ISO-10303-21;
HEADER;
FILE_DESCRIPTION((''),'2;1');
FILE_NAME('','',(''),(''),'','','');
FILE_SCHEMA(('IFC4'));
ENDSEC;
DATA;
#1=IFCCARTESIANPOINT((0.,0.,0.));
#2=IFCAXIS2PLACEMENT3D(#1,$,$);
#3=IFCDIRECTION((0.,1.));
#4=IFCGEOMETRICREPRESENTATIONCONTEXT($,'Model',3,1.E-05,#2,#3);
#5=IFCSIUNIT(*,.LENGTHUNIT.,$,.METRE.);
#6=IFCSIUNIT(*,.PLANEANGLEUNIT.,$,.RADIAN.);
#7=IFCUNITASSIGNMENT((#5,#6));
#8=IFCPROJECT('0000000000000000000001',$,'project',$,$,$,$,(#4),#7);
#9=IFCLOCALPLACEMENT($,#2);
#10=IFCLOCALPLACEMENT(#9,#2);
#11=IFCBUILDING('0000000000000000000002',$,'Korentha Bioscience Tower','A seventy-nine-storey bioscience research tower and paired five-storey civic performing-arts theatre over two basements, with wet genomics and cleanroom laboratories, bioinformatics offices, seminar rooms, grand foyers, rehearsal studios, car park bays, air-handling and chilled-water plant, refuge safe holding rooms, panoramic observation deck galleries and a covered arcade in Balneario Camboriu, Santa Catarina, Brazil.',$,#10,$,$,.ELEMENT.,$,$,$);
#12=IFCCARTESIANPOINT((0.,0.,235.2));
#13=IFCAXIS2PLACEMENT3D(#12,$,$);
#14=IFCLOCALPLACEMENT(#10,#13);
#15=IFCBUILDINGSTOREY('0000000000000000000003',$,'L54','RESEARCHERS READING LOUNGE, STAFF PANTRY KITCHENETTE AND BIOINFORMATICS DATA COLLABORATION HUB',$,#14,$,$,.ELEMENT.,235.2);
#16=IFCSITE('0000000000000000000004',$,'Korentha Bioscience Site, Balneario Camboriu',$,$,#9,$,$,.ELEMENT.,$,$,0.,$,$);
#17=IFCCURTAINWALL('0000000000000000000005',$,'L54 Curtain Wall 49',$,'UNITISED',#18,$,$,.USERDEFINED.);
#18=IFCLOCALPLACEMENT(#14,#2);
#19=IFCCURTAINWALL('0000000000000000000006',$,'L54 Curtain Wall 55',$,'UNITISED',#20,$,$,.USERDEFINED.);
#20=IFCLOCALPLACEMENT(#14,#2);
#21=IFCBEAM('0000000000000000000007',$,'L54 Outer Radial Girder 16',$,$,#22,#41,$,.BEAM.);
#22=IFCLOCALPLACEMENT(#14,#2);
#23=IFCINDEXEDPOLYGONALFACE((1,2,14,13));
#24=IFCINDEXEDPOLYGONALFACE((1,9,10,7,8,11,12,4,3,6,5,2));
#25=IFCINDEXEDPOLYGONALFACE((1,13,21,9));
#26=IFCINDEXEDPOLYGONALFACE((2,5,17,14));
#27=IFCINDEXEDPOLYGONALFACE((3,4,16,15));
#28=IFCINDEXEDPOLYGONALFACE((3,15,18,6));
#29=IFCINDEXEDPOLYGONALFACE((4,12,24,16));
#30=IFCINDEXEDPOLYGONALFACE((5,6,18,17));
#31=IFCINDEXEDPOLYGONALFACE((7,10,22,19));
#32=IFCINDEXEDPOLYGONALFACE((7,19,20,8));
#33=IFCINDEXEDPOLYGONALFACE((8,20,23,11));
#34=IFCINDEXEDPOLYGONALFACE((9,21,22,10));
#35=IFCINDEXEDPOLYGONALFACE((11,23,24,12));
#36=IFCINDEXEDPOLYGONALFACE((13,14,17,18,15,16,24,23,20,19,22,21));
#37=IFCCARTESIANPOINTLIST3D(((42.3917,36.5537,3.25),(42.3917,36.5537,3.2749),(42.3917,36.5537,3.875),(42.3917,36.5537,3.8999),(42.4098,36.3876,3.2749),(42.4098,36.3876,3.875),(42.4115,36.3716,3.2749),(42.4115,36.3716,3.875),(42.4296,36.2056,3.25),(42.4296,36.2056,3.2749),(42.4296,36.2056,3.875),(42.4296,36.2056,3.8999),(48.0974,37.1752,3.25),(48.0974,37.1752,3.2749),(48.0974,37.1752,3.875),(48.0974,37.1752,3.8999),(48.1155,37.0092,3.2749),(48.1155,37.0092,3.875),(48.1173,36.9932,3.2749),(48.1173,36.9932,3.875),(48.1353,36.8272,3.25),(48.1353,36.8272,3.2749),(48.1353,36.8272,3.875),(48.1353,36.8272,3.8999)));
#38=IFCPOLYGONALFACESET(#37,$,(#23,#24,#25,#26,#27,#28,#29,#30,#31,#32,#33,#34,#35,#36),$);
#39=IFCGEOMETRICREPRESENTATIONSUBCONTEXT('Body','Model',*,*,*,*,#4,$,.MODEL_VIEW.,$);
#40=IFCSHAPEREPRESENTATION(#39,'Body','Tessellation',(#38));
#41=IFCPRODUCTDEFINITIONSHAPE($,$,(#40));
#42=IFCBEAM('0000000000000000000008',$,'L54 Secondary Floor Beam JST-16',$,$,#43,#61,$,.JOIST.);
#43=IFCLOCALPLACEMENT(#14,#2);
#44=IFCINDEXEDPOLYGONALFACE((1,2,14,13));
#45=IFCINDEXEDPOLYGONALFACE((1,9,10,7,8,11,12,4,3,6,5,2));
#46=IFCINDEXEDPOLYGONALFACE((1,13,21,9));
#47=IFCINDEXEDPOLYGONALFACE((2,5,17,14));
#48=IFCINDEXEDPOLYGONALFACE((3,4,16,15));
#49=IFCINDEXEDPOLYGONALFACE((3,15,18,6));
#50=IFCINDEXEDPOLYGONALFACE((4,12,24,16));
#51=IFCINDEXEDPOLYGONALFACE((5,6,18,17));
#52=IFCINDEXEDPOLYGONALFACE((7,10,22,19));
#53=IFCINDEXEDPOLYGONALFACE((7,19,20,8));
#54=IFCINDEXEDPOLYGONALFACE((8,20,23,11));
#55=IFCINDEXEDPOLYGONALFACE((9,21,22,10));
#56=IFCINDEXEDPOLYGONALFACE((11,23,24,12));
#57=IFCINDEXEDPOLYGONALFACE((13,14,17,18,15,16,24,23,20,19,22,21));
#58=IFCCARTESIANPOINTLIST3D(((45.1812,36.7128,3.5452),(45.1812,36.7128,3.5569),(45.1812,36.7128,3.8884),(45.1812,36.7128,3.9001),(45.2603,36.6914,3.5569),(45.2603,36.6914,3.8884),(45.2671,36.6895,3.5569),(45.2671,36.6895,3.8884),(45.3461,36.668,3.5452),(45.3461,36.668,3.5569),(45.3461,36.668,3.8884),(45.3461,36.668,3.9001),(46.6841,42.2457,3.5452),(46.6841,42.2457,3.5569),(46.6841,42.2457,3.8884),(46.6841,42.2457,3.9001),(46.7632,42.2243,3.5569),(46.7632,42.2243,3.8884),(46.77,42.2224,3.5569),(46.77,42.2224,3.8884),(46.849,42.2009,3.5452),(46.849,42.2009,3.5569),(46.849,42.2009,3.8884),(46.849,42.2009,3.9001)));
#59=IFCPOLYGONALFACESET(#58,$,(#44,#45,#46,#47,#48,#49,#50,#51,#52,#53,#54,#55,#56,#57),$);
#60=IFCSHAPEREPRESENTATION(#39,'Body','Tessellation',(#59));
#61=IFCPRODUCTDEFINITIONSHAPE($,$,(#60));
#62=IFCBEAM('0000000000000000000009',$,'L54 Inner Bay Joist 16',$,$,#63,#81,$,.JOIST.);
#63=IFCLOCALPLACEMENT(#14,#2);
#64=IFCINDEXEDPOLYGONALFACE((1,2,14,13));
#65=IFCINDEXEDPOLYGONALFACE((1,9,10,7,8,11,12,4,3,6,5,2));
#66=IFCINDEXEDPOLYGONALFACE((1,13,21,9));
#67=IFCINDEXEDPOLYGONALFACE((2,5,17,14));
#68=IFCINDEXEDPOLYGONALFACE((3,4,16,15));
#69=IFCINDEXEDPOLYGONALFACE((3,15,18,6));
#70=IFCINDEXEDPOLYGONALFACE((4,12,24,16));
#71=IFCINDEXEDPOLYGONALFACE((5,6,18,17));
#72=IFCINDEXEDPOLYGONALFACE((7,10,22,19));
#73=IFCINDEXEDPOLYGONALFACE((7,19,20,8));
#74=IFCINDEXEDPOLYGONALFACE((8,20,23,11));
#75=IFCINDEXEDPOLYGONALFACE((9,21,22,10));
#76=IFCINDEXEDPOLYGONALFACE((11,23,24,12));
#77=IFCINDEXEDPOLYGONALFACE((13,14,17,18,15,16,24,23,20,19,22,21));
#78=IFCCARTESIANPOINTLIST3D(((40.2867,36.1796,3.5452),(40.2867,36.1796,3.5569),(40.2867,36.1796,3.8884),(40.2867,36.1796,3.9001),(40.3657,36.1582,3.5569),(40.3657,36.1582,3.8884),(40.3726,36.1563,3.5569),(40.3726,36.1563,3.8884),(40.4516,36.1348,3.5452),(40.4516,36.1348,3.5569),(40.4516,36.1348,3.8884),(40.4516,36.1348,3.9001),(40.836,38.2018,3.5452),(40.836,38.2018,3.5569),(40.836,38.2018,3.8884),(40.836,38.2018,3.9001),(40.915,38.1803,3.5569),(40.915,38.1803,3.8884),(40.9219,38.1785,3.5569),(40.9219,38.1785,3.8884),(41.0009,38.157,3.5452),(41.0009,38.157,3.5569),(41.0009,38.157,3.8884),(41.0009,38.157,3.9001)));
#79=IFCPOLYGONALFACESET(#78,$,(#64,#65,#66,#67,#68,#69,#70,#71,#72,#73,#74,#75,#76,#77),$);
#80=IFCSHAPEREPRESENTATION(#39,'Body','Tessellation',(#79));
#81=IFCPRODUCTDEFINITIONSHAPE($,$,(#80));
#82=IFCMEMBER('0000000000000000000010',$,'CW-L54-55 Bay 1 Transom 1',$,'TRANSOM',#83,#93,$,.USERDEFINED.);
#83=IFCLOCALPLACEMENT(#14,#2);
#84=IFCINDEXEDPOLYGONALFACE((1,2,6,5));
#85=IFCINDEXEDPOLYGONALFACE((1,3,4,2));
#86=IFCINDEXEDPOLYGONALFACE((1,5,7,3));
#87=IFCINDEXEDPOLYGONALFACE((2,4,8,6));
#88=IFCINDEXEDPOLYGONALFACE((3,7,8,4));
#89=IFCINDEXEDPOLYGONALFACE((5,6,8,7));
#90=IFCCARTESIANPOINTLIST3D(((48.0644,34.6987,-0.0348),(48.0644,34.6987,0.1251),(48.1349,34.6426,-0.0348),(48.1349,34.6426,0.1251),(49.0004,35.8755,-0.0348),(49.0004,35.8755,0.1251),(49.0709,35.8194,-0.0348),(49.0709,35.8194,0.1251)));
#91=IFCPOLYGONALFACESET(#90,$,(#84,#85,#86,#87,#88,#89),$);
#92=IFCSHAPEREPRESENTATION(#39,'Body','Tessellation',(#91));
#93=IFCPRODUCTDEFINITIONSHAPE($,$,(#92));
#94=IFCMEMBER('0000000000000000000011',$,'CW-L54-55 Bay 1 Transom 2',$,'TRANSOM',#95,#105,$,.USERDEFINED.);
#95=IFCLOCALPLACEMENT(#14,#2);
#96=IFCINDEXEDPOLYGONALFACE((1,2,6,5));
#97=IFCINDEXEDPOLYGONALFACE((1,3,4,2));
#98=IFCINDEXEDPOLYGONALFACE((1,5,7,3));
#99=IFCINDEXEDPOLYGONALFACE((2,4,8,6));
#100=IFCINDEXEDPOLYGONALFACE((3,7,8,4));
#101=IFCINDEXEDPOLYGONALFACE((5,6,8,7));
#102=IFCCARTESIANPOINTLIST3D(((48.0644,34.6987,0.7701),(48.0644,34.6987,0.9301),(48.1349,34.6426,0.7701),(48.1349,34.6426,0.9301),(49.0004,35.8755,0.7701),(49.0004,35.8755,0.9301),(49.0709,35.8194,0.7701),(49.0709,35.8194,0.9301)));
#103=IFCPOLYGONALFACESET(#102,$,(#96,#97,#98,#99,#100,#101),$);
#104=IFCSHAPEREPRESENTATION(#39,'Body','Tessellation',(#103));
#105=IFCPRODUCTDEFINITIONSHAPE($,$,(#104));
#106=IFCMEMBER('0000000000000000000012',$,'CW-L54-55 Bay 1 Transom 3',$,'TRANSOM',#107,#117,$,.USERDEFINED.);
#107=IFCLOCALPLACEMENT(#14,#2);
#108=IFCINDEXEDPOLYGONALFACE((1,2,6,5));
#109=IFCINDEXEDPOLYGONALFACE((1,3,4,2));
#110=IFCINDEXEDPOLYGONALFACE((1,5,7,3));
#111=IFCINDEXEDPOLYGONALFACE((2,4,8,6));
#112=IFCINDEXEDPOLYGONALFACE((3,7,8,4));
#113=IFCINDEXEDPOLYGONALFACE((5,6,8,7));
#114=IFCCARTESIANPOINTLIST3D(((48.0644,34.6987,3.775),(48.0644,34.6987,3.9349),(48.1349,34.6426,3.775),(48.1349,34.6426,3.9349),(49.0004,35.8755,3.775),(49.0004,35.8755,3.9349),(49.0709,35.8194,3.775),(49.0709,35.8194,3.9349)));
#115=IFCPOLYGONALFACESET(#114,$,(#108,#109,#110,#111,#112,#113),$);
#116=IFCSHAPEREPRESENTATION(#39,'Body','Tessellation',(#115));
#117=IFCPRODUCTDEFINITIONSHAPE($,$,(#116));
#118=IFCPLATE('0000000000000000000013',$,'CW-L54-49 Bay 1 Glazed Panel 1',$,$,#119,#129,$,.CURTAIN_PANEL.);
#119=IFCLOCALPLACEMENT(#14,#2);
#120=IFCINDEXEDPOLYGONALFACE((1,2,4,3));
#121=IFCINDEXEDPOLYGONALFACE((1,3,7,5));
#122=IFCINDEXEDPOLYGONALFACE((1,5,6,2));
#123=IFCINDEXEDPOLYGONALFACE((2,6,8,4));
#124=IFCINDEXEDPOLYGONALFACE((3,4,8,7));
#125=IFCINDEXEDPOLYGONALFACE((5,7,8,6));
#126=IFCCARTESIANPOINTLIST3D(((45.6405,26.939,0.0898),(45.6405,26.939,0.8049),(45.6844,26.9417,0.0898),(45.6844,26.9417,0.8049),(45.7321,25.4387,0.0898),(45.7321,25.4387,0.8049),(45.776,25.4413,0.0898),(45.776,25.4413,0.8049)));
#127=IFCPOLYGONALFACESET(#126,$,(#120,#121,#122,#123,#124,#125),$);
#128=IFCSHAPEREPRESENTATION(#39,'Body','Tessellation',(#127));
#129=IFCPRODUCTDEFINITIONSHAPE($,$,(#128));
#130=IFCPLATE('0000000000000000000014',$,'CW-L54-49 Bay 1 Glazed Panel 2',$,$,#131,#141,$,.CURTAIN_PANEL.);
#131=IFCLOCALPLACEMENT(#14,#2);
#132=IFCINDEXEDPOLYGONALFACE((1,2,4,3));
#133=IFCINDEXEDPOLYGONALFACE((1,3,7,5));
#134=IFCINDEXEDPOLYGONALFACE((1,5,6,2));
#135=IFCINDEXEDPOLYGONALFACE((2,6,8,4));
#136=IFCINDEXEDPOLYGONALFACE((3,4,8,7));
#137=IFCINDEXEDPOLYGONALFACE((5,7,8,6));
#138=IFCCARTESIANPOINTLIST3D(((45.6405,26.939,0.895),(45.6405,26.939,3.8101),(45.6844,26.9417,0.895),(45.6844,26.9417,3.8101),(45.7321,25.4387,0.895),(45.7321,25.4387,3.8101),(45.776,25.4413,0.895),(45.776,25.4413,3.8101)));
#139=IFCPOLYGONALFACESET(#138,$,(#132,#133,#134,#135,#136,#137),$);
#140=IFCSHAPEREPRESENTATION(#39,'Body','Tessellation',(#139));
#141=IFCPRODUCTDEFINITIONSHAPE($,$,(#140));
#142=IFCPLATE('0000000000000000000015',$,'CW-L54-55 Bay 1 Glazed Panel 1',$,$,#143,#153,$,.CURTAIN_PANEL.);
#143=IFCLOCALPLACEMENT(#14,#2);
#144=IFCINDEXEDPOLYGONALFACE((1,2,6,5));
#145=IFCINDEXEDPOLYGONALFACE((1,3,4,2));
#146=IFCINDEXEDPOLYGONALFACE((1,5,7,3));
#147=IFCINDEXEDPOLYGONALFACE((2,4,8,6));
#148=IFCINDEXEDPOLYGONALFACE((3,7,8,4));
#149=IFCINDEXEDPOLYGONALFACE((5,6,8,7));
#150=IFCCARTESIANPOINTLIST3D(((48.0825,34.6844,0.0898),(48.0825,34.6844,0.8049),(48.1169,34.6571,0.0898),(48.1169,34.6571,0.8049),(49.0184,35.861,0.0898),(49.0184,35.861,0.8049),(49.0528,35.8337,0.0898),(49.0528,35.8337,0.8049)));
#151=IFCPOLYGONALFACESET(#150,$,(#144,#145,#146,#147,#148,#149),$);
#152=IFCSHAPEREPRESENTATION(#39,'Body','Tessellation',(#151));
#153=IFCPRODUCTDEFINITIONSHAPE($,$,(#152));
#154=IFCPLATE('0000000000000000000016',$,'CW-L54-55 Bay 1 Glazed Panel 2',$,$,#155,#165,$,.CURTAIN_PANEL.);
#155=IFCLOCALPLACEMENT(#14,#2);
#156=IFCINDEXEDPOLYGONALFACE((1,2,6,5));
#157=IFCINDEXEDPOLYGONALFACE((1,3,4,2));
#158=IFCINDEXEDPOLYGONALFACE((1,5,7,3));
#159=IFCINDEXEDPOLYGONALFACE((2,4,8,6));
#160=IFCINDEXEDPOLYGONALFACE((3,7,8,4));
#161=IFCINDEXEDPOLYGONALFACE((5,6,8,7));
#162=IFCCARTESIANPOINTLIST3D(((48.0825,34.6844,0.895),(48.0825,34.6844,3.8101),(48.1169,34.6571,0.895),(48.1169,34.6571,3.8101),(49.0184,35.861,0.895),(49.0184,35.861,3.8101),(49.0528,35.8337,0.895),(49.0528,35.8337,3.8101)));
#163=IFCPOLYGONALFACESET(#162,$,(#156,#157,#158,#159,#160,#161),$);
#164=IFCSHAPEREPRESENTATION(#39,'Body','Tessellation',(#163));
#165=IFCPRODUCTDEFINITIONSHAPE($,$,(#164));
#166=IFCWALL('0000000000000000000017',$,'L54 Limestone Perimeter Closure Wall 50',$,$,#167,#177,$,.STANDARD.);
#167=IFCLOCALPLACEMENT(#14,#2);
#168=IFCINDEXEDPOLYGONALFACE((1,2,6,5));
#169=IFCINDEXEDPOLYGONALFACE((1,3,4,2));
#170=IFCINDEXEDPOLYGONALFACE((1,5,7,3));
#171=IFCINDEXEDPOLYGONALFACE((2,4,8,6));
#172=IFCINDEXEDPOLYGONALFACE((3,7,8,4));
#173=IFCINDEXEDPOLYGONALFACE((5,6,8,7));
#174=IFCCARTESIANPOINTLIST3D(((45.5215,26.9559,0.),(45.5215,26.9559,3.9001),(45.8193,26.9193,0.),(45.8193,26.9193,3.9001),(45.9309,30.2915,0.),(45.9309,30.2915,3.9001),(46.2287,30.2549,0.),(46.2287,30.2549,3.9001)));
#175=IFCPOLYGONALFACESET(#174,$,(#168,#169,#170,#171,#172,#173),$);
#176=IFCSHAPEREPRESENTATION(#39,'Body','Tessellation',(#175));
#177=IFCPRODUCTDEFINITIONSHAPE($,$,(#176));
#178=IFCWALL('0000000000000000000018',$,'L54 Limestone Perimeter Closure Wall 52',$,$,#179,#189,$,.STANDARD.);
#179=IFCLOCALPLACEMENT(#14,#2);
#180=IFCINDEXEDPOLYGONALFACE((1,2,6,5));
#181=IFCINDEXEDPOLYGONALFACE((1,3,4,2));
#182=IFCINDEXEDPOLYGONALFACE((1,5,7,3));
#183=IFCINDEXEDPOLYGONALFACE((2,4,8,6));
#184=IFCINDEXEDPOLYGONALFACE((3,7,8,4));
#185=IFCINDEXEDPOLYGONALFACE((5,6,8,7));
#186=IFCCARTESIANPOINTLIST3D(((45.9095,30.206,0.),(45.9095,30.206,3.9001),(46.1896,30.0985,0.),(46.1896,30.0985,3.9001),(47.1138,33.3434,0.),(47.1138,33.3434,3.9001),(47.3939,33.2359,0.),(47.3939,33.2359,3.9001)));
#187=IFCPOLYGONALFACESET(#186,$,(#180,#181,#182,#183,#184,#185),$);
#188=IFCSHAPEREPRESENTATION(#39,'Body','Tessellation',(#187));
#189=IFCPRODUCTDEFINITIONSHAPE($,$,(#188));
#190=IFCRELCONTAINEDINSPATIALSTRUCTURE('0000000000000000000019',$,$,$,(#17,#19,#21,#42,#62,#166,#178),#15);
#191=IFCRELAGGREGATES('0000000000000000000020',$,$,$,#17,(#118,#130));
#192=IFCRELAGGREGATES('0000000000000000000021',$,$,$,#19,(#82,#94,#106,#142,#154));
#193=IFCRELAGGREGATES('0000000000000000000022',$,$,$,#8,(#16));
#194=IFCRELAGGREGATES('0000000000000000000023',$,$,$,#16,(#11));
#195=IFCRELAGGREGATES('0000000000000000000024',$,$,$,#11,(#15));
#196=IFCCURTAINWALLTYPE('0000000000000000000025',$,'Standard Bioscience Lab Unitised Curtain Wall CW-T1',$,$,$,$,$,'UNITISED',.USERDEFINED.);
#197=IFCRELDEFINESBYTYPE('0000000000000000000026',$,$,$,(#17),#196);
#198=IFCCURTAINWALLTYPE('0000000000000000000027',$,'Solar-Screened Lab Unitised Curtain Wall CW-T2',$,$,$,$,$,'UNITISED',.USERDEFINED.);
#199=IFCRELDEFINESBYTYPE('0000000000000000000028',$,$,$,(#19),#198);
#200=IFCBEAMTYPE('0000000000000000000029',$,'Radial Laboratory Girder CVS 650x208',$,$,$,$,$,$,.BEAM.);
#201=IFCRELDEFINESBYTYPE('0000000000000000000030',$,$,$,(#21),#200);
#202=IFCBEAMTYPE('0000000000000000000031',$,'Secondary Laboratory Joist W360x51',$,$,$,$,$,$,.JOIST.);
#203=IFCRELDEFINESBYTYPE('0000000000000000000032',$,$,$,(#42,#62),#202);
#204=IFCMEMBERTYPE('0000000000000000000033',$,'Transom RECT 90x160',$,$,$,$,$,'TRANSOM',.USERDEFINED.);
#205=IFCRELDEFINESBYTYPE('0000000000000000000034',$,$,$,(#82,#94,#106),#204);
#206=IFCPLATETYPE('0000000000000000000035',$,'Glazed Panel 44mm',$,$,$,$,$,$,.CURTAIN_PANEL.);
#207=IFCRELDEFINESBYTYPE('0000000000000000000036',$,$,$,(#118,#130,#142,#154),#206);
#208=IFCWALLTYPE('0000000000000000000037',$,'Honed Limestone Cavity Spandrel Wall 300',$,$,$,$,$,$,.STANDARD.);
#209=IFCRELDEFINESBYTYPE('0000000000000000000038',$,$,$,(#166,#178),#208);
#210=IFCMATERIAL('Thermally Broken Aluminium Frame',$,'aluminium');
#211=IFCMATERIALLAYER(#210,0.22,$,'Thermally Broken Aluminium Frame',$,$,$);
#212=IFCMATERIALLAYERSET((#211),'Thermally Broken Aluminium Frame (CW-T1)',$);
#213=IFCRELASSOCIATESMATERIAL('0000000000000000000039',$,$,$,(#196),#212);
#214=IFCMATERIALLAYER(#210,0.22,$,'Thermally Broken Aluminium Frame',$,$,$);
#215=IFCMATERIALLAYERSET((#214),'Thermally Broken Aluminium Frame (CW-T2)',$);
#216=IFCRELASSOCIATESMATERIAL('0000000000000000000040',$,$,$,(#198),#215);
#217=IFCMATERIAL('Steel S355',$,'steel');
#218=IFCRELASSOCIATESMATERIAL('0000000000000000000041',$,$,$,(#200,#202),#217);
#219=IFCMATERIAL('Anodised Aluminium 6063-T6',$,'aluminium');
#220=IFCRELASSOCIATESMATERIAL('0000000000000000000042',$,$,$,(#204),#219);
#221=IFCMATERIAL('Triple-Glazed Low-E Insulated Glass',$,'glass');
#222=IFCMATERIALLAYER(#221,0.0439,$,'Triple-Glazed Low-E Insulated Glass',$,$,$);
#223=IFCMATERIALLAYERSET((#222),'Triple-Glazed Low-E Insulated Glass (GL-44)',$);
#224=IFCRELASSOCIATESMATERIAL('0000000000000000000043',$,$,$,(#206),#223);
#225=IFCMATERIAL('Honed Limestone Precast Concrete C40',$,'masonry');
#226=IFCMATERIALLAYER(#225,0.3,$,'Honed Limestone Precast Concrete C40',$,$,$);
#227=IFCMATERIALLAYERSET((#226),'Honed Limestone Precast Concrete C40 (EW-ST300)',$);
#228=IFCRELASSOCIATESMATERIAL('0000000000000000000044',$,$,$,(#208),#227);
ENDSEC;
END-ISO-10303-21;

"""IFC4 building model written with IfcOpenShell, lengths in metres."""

from ifc_helpers import new_model, si_unit, direction, frame, frame_2d, origin, origin_2d, place, context, subcontext, project, spatial, rectangle, i_section, extrude, material, layer, layer_set, material_profile, profile_set, type_object, element, aggregate, save


model = new_model("IFC4")

# Units and contexts
model_context = context("Model", 3, precision=1e-05, world=origin(), true_north=direction((0.0, 1.0)))
body_context = subcontext(model_context, "Body", "Model", "MODEL_VIEW")
ifc_project = project(units=[si_unit("LENGTHUNIT", "METRE"), si_unit("PLANEANGLEUNIT", "RADIAN")], contexts=[model_context])

# Site, building, storey
site_placement = place(None, origin())
site = spatial("IfcSite", under=ifc_project, at=site_placement, Name="Korentha Bioscience Site, Balneario Camboriu", CompositionType="ELEMENT", RefElevation=0.0)
building_placement = place(site_placement, origin())
building = spatial("IfcBuilding", under=site, at=building_placement, Name="Korentha Bioscience Tower", Description="A seventy-nine-storey bioscience research tower and paired five-storey civic performing-arts theatre over two basements, with wet genomics and cleanroom laboratories, bioinformatics offices, seminar rooms, grand foyers, rehearsal studios, car park bays, air-handling and chilled-water plant, refuge safe holding rooms, panoramic observation deck galleries and a covered arcade in Balneario Camboriu, Santa Catarina, Brazil.", CompositionType="ELEMENT")
storey_placement = place(building_placement, frame((0.0, 0.0, 235.2)))
storey = spatial("IfcBuildingStorey", under=building, at=storey_placement, Name="L54", Description="RESEARCHERS READING LOUNGE, STAFF PANTRY KITCHENETTE AND BIOINFORMATICS DATA COLLABORATION HUB", CompositionType="ELEMENT", Elevation=235.2)

# Shared definitions
ifc_material_1 = material(Name="Steel S355", Category="steel")

# Curtain wall
ifc_material_2 = material(Name="Thermally Broken Aluminium Frame", Category="aluminium")
ifc_layer_1 = layer(ifc_material_2, 0.22, Name="Thermally Broken Aluminium Frame")
ifc_layer_set_1 = layer_set([ifc_layer_1], Name="Thermally Broken Aluminium Frame (CW-T1)")
curtain_wall_type_1 = type_object("IfcCurtainWallType", Name="Standard Bioscience Lab Unitised Curtain Wall CW-T1", ElementType="UNITISED", PredefinedType="USERDEFINED", material=ifc_layer_set_1)
curtain_wall_1_placement = place(storey_placement, origin())
curtain_wall_1 = element("IfcCurtainWall", 1, at=curtain_wall_1_placement, inside=storey, type_object=curtain_wall_type_1, Name="L54 Curtain Wall 49", ObjectType="UNITISED", PredefinedType="USERDEFINED")
ifc_material_3 = material(Name="Anodised Aluminium 6063-T6", Category="aluminium")

# Curtain wall
ifc_layer_2 = layer(ifc_material_2, 0.22, Name="Thermally Broken Aluminium Frame")
ifc_layer_set_2 = layer_set([ifc_layer_2], Name="Thermally Broken Aluminium Frame (CW-T2)")
curtain_wall_type_2 = type_object("IfcCurtainWallType", Name="Solar-Screened Lab Unitised Curtain Wall CW-T2", ElementType="UNITISED", PredefinedType="USERDEFINED", material=ifc_layer_set_2)
curtain_wall_2_placement = place(storey_placement, origin())
curtain_wall_2 = element("IfcCurtainWall", 2, at=curtain_wall_2_placement, inside=storey, type_object=curtain_wall_type_2, Name="L54 Curtain Wall 55", ObjectType="UNITISED", PredefinedType="USERDEFINED")

# Beams
ifc_material_profile_1 = material_profile(ifc_material_1, i_section(OverallWidth=0.3501, OverallDepth=0.6499, WebThickness=0.0161, FlangeThickness=0.0249, at=origin_2d()), Name="Steel S355")
ifc_profile_set_1 = profile_set([ifc_material_profile_1], Name="Steel S355 (RB-650)")
beam_type_1 = type_object("IfcBeamType", Name="Radial Laboratory Girder CVS 650x208", PredefinedType="BEAM", material=ifc_profile_set_1)
beam_1_placement = place(storey_placement, frame((42.4106, 36.3796, 3.575), z_axis=(0.994119, 0.108298, 0.0), x_axis=(-0.108298, 0.994119, 0.0)))
element("IfcBeam", 3, at=beam_1_placement, inside=storey, type_object=beam_type_1, Name="L54 Outer Radial Girder 16", PredefinedType="BEAM", context=body_context, shape_type="SweptSolid", body=[
    extrude(i_section(OverallWidth=0.3501, OverallDepth=0.6499, WebThickness=0.0161, FlangeThickness=0.0249, at=origin_2d()), origin(), (0.0, 0.0, 1.0), 5.7395),
])
ifc_material_profile_2 = material_profile(ifc_material_1, i_section(OverallWidth=0.1709, OverallDepth=0.355, WebThickness=0.0071, FlangeThickness=0.0117, at=origin_2d()), Name="Steel S355")
ifc_profile_set_2 = profile_set([ifc_material_profile_2], Name="Steel S355 (JB-360)")
beam_type_2 = type_object("IfcBeamType", Name="Secondary Laboratory Joist W360x51", PredefinedType="JOIST", material=ifc_profile_set_2)
beam_2_placement = place(storey_placement, frame((45.2637, 36.6904, 3.7227), z_axis=(0.262134, 0.965032, 0.0), x_axis=(-0.965032, 0.262134, 0.0)))
element("IfcBeam", 4, at=beam_2_placement, inside=storey, type_object=beam_type_2, Name="L54 Secondary Floor Beam JST-16", PredefinedType="JOIST", context=body_context, shape_type="SweptSolid", body=[
    extrude(i_section(OverallWidth=0.1709, OverallDepth=0.355, WebThickness=0.0071, FlangeThickness=0.0117, at=origin_2d()), origin(), (0.0, 0.0, 1.0), 5.7334),
])
beam_3_placement = place(storey_placement, frame((40.3691, 36.1572, 3.7227), z_axis=(0.262141, 0.96503, 0.0), x_axis=(-0.96503, 0.262141, 0.0)))
element("IfcBeam", 5, at=beam_3_placement, inside=storey, type_object=beam_type_2, Name="L54 Inner Bay Joist 16", PredefinedType="JOIST", context=body_context, shape_type="SweptSolid", body=[
    extrude(i_section(OverallWidth=0.1709, OverallDepth=0.355, WebThickness=0.0071, FlangeThickness=0.0117, at=origin_2d()), origin(), (0.0, 0.0, 1.0), 2.0955),
])

# Members
ifc_material_profile_3 = material_profile(ifc_material_3, rectangle(XDim=0.0901, YDim=0.1599, at=origin_2d()), Name="Anodised Aluminium 6063-T6")
ifc_profile_set_3 = profile_set([ifc_material_profile_3], Name="Anodised Aluminium 6063-T6 (CW-TRN)")
member_type_1 = type_object("IfcMemberType", Name="Transom RECT 90x160", ElementType="TRANSOM", PredefinedType="USERDEFINED", material=ifc_profile_set_3)
member_1_placement = place(storey_placement, frame((48.0996, 34.6707, 0.0452), z_axis=(0.622515, 0.782608, 0.0), x_axis=(-0.782608, 0.622515, 0.0)))
member_1 = element("IfcMember", 6, at=member_1_placement, type_object=member_type_1, Name="CW-L54-55 Bay 1 Transom 1", ObjectType="TRANSOM", PredefinedType="USERDEFINED", context=body_context, shape_type="SweptSolid", body=[
    extrude(rectangle(XDim=0.0901, YDim=0.1599, at=origin_2d()), origin(), (0.0, 0.0, 1.0), 1.5037),
])
member_2_placement = place(storey_placement, frame((48.0996, 34.6707, 0.8501), z_axis=(0.622515, 0.782608, 0.0), x_axis=(-0.782608, 0.622515, 0.0)))
member_2 = element("IfcMember", 7, at=member_2_placement, type_object=member_type_1, Name="CW-L54-55 Bay 1 Transom 2", ObjectType="TRANSOM", PredefinedType="USERDEFINED", context=body_context, shape_type="SweptSolid", body=[
    extrude(rectangle(XDim=0.0901, YDim=0.1599, at=origin_2d()), origin(), (0.0, 0.0, 1.0), 1.5037),
])
member_3_placement = place(storey_placement, frame((48.0996, 34.6707, 3.855), z_axis=(0.622515, 0.782608, 0.0), x_axis=(-0.782608, 0.622515, 0.0)))
member_3 = element("IfcMember", 8, at=member_3_placement, type_object=member_type_1, Name="CW-L54-55 Bay 1 Transom 3", ObjectType="TRANSOM", PredefinedType="USERDEFINED", context=body_context, shape_type="SweptSolid", body=[
    extrude(rectangle(XDim=0.0901, YDim=0.1599, at=origin_2d()), origin(), (0.0, 0.0, 1.0), 1.5037),
])

# Plates
ifc_material_4 = material(Name="Triple-Glazed Low-E Insulated Glass", Category="glass")
ifc_layer_3 = layer(ifc_material_4, 0.0439, Name="Triple-Glazed Low-E Insulated Glass")
ifc_layer_set_3 = layer_set([ifc_layer_3], Name="Triple-Glazed Low-E Insulated Glass (GL-44)")
plate_type = type_object("IfcPlateType", Name="Glazed Panel 44mm", PredefinedType="CURTAIN_PANEL", material=ifc_layer_set_3)
plate_1_placement = place(storey_placement, frame((45.7083, 26.1902, 0.0898), z_axis=(0.0, 0.0, 1.0), x_axis=(-0.060954, 0.998141, 0.0)))
plate_1 = element("IfcPlate", 9, at=plate_1_placement, type_object=plate_type, Name="CW-L54-49 Bay 1 Glazed Panel 1", PredefinedType="CURTAIN_PANEL", context=body_context, shape_type="SweptSolid", body=[
    extrude(rectangle(XDim=1.5032, YDim=0.0439, at=origin_2d()), origin(), (0.0, 0.0, 1.0), 0.7151),
])
plate_2_placement = place(storey_placement, frame((45.7083, 26.1902, 0.895), z_axis=(0.0, 0.0, 1.0), x_axis=(-0.060954, 0.998141, 0.0)))
plate_2 = element("IfcPlate", 10, at=plate_2_placement, type_object=plate_type, Name="CW-L54-49 Bay 1 Glazed Panel 2", PredefinedType="CURTAIN_PANEL", context=body_context, shape_type="SweptSolid", body=[
    extrude(rectangle(XDim=1.5032, YDim=0.0439, at=origin_2d()), origin(), (0.0, 0.0, 1.0), 2.915),
])
aggregate(curtain_wall_1, [plate_1, plate_2])
plate_3_placement = place(storey_placement, frame((48.5676, 35.259, 0.0898), z_axis=(0.0, 0.0, 1.0), x_axis=(0.622512, 0.78261, 0.0)))
plate_3 = element("IfcPlate", 11, at=plate_3_placement, type_object=plate_type, Name="CW-L54-55 Bay 1 Glazed Panel 1", PredefinedType="CURTAIN_PANEL", context=body_context, shape_type="SweptSolid", body=[
    extrude(rectangle(XDim=1.5034, YDim=0.0439, at=origin_2d()), origin(), (0.0, 0.0, 1.0), 0.7151),
])
plate_4_placement = place(storey_placement, frame((48.5676, 35.259, 0.895), z_axis=(0.0, 0.0, 1.0), x_axis=(0.622512, 0.78261, 0.0)))
plate_4 = element("IfcPlate", 12, at=plate_4_placement, type_object=plate_type, Name="CW-L54-55 Bay 1 Glazed Panel 2", PredefinedType="CURTAIN_PANEL", context=body_context, shape_type="SweptSolid", body=[
    extrude(rectangle(XDim=1.5034, YDim=0.0439, at=origin_2d()), origin(), (0.0, 0.0, 1.0), 2.915),
])
aggregate(curtain_wall_2, [member_1, member_2, member_3, plate_3, plate_4])

# Walls
ifc_material_5 = material(Name="Honed Limestone Precast Concrete C40", Category="masonry")
ifc_layer_4 = layer(ifc_material_5, 0.3, Name="Honed Limestone Precast Concrete C40")
ifc_layer_set_4 = layer_set([ifc_layer_4], Name="Honed Limestone Precast Concrete C40 (EW-ST300)")
wall_type = type_object("IfcWallType", Name="Honed Limestone Cavity Spandrel Wall 300", PredefinedType="STANDARD", material=ifc_layer_set_4)
for number, where, z_axis, x_axis, name in (
    (13, (45.6704, 26.9377, 0.0), (0.0, 0.0, 1.0), (0.121835, 0.99255, 0.0), "L54 Limestone Perimeter Closure Wall 50"),
    (14, (46.0496, 30.1523, 0.0), (0.0, 0.0, 1.0), (0.358366, 0.933581, 0.0), "L54 Limestone Perimeter Closure Wall 52"),
):
    element("IfcWall", number, at=place(storey_placement, frame(where, z_axis=z_axis, x_axis=x_axis)), inside=storey, type_object=wall_type, Name=name, PredefinedType="STANDARD", context=body_context, shape_type="SweptSolid", body=[
        extrude(rectangle(XDim=3.3606, YDim=0.3, at=frame_2d((1.6802, 0.0))), origin(), (0.0, 0.0, 1.0), 3.9001),
    ])

save(model, "model.ifc")
